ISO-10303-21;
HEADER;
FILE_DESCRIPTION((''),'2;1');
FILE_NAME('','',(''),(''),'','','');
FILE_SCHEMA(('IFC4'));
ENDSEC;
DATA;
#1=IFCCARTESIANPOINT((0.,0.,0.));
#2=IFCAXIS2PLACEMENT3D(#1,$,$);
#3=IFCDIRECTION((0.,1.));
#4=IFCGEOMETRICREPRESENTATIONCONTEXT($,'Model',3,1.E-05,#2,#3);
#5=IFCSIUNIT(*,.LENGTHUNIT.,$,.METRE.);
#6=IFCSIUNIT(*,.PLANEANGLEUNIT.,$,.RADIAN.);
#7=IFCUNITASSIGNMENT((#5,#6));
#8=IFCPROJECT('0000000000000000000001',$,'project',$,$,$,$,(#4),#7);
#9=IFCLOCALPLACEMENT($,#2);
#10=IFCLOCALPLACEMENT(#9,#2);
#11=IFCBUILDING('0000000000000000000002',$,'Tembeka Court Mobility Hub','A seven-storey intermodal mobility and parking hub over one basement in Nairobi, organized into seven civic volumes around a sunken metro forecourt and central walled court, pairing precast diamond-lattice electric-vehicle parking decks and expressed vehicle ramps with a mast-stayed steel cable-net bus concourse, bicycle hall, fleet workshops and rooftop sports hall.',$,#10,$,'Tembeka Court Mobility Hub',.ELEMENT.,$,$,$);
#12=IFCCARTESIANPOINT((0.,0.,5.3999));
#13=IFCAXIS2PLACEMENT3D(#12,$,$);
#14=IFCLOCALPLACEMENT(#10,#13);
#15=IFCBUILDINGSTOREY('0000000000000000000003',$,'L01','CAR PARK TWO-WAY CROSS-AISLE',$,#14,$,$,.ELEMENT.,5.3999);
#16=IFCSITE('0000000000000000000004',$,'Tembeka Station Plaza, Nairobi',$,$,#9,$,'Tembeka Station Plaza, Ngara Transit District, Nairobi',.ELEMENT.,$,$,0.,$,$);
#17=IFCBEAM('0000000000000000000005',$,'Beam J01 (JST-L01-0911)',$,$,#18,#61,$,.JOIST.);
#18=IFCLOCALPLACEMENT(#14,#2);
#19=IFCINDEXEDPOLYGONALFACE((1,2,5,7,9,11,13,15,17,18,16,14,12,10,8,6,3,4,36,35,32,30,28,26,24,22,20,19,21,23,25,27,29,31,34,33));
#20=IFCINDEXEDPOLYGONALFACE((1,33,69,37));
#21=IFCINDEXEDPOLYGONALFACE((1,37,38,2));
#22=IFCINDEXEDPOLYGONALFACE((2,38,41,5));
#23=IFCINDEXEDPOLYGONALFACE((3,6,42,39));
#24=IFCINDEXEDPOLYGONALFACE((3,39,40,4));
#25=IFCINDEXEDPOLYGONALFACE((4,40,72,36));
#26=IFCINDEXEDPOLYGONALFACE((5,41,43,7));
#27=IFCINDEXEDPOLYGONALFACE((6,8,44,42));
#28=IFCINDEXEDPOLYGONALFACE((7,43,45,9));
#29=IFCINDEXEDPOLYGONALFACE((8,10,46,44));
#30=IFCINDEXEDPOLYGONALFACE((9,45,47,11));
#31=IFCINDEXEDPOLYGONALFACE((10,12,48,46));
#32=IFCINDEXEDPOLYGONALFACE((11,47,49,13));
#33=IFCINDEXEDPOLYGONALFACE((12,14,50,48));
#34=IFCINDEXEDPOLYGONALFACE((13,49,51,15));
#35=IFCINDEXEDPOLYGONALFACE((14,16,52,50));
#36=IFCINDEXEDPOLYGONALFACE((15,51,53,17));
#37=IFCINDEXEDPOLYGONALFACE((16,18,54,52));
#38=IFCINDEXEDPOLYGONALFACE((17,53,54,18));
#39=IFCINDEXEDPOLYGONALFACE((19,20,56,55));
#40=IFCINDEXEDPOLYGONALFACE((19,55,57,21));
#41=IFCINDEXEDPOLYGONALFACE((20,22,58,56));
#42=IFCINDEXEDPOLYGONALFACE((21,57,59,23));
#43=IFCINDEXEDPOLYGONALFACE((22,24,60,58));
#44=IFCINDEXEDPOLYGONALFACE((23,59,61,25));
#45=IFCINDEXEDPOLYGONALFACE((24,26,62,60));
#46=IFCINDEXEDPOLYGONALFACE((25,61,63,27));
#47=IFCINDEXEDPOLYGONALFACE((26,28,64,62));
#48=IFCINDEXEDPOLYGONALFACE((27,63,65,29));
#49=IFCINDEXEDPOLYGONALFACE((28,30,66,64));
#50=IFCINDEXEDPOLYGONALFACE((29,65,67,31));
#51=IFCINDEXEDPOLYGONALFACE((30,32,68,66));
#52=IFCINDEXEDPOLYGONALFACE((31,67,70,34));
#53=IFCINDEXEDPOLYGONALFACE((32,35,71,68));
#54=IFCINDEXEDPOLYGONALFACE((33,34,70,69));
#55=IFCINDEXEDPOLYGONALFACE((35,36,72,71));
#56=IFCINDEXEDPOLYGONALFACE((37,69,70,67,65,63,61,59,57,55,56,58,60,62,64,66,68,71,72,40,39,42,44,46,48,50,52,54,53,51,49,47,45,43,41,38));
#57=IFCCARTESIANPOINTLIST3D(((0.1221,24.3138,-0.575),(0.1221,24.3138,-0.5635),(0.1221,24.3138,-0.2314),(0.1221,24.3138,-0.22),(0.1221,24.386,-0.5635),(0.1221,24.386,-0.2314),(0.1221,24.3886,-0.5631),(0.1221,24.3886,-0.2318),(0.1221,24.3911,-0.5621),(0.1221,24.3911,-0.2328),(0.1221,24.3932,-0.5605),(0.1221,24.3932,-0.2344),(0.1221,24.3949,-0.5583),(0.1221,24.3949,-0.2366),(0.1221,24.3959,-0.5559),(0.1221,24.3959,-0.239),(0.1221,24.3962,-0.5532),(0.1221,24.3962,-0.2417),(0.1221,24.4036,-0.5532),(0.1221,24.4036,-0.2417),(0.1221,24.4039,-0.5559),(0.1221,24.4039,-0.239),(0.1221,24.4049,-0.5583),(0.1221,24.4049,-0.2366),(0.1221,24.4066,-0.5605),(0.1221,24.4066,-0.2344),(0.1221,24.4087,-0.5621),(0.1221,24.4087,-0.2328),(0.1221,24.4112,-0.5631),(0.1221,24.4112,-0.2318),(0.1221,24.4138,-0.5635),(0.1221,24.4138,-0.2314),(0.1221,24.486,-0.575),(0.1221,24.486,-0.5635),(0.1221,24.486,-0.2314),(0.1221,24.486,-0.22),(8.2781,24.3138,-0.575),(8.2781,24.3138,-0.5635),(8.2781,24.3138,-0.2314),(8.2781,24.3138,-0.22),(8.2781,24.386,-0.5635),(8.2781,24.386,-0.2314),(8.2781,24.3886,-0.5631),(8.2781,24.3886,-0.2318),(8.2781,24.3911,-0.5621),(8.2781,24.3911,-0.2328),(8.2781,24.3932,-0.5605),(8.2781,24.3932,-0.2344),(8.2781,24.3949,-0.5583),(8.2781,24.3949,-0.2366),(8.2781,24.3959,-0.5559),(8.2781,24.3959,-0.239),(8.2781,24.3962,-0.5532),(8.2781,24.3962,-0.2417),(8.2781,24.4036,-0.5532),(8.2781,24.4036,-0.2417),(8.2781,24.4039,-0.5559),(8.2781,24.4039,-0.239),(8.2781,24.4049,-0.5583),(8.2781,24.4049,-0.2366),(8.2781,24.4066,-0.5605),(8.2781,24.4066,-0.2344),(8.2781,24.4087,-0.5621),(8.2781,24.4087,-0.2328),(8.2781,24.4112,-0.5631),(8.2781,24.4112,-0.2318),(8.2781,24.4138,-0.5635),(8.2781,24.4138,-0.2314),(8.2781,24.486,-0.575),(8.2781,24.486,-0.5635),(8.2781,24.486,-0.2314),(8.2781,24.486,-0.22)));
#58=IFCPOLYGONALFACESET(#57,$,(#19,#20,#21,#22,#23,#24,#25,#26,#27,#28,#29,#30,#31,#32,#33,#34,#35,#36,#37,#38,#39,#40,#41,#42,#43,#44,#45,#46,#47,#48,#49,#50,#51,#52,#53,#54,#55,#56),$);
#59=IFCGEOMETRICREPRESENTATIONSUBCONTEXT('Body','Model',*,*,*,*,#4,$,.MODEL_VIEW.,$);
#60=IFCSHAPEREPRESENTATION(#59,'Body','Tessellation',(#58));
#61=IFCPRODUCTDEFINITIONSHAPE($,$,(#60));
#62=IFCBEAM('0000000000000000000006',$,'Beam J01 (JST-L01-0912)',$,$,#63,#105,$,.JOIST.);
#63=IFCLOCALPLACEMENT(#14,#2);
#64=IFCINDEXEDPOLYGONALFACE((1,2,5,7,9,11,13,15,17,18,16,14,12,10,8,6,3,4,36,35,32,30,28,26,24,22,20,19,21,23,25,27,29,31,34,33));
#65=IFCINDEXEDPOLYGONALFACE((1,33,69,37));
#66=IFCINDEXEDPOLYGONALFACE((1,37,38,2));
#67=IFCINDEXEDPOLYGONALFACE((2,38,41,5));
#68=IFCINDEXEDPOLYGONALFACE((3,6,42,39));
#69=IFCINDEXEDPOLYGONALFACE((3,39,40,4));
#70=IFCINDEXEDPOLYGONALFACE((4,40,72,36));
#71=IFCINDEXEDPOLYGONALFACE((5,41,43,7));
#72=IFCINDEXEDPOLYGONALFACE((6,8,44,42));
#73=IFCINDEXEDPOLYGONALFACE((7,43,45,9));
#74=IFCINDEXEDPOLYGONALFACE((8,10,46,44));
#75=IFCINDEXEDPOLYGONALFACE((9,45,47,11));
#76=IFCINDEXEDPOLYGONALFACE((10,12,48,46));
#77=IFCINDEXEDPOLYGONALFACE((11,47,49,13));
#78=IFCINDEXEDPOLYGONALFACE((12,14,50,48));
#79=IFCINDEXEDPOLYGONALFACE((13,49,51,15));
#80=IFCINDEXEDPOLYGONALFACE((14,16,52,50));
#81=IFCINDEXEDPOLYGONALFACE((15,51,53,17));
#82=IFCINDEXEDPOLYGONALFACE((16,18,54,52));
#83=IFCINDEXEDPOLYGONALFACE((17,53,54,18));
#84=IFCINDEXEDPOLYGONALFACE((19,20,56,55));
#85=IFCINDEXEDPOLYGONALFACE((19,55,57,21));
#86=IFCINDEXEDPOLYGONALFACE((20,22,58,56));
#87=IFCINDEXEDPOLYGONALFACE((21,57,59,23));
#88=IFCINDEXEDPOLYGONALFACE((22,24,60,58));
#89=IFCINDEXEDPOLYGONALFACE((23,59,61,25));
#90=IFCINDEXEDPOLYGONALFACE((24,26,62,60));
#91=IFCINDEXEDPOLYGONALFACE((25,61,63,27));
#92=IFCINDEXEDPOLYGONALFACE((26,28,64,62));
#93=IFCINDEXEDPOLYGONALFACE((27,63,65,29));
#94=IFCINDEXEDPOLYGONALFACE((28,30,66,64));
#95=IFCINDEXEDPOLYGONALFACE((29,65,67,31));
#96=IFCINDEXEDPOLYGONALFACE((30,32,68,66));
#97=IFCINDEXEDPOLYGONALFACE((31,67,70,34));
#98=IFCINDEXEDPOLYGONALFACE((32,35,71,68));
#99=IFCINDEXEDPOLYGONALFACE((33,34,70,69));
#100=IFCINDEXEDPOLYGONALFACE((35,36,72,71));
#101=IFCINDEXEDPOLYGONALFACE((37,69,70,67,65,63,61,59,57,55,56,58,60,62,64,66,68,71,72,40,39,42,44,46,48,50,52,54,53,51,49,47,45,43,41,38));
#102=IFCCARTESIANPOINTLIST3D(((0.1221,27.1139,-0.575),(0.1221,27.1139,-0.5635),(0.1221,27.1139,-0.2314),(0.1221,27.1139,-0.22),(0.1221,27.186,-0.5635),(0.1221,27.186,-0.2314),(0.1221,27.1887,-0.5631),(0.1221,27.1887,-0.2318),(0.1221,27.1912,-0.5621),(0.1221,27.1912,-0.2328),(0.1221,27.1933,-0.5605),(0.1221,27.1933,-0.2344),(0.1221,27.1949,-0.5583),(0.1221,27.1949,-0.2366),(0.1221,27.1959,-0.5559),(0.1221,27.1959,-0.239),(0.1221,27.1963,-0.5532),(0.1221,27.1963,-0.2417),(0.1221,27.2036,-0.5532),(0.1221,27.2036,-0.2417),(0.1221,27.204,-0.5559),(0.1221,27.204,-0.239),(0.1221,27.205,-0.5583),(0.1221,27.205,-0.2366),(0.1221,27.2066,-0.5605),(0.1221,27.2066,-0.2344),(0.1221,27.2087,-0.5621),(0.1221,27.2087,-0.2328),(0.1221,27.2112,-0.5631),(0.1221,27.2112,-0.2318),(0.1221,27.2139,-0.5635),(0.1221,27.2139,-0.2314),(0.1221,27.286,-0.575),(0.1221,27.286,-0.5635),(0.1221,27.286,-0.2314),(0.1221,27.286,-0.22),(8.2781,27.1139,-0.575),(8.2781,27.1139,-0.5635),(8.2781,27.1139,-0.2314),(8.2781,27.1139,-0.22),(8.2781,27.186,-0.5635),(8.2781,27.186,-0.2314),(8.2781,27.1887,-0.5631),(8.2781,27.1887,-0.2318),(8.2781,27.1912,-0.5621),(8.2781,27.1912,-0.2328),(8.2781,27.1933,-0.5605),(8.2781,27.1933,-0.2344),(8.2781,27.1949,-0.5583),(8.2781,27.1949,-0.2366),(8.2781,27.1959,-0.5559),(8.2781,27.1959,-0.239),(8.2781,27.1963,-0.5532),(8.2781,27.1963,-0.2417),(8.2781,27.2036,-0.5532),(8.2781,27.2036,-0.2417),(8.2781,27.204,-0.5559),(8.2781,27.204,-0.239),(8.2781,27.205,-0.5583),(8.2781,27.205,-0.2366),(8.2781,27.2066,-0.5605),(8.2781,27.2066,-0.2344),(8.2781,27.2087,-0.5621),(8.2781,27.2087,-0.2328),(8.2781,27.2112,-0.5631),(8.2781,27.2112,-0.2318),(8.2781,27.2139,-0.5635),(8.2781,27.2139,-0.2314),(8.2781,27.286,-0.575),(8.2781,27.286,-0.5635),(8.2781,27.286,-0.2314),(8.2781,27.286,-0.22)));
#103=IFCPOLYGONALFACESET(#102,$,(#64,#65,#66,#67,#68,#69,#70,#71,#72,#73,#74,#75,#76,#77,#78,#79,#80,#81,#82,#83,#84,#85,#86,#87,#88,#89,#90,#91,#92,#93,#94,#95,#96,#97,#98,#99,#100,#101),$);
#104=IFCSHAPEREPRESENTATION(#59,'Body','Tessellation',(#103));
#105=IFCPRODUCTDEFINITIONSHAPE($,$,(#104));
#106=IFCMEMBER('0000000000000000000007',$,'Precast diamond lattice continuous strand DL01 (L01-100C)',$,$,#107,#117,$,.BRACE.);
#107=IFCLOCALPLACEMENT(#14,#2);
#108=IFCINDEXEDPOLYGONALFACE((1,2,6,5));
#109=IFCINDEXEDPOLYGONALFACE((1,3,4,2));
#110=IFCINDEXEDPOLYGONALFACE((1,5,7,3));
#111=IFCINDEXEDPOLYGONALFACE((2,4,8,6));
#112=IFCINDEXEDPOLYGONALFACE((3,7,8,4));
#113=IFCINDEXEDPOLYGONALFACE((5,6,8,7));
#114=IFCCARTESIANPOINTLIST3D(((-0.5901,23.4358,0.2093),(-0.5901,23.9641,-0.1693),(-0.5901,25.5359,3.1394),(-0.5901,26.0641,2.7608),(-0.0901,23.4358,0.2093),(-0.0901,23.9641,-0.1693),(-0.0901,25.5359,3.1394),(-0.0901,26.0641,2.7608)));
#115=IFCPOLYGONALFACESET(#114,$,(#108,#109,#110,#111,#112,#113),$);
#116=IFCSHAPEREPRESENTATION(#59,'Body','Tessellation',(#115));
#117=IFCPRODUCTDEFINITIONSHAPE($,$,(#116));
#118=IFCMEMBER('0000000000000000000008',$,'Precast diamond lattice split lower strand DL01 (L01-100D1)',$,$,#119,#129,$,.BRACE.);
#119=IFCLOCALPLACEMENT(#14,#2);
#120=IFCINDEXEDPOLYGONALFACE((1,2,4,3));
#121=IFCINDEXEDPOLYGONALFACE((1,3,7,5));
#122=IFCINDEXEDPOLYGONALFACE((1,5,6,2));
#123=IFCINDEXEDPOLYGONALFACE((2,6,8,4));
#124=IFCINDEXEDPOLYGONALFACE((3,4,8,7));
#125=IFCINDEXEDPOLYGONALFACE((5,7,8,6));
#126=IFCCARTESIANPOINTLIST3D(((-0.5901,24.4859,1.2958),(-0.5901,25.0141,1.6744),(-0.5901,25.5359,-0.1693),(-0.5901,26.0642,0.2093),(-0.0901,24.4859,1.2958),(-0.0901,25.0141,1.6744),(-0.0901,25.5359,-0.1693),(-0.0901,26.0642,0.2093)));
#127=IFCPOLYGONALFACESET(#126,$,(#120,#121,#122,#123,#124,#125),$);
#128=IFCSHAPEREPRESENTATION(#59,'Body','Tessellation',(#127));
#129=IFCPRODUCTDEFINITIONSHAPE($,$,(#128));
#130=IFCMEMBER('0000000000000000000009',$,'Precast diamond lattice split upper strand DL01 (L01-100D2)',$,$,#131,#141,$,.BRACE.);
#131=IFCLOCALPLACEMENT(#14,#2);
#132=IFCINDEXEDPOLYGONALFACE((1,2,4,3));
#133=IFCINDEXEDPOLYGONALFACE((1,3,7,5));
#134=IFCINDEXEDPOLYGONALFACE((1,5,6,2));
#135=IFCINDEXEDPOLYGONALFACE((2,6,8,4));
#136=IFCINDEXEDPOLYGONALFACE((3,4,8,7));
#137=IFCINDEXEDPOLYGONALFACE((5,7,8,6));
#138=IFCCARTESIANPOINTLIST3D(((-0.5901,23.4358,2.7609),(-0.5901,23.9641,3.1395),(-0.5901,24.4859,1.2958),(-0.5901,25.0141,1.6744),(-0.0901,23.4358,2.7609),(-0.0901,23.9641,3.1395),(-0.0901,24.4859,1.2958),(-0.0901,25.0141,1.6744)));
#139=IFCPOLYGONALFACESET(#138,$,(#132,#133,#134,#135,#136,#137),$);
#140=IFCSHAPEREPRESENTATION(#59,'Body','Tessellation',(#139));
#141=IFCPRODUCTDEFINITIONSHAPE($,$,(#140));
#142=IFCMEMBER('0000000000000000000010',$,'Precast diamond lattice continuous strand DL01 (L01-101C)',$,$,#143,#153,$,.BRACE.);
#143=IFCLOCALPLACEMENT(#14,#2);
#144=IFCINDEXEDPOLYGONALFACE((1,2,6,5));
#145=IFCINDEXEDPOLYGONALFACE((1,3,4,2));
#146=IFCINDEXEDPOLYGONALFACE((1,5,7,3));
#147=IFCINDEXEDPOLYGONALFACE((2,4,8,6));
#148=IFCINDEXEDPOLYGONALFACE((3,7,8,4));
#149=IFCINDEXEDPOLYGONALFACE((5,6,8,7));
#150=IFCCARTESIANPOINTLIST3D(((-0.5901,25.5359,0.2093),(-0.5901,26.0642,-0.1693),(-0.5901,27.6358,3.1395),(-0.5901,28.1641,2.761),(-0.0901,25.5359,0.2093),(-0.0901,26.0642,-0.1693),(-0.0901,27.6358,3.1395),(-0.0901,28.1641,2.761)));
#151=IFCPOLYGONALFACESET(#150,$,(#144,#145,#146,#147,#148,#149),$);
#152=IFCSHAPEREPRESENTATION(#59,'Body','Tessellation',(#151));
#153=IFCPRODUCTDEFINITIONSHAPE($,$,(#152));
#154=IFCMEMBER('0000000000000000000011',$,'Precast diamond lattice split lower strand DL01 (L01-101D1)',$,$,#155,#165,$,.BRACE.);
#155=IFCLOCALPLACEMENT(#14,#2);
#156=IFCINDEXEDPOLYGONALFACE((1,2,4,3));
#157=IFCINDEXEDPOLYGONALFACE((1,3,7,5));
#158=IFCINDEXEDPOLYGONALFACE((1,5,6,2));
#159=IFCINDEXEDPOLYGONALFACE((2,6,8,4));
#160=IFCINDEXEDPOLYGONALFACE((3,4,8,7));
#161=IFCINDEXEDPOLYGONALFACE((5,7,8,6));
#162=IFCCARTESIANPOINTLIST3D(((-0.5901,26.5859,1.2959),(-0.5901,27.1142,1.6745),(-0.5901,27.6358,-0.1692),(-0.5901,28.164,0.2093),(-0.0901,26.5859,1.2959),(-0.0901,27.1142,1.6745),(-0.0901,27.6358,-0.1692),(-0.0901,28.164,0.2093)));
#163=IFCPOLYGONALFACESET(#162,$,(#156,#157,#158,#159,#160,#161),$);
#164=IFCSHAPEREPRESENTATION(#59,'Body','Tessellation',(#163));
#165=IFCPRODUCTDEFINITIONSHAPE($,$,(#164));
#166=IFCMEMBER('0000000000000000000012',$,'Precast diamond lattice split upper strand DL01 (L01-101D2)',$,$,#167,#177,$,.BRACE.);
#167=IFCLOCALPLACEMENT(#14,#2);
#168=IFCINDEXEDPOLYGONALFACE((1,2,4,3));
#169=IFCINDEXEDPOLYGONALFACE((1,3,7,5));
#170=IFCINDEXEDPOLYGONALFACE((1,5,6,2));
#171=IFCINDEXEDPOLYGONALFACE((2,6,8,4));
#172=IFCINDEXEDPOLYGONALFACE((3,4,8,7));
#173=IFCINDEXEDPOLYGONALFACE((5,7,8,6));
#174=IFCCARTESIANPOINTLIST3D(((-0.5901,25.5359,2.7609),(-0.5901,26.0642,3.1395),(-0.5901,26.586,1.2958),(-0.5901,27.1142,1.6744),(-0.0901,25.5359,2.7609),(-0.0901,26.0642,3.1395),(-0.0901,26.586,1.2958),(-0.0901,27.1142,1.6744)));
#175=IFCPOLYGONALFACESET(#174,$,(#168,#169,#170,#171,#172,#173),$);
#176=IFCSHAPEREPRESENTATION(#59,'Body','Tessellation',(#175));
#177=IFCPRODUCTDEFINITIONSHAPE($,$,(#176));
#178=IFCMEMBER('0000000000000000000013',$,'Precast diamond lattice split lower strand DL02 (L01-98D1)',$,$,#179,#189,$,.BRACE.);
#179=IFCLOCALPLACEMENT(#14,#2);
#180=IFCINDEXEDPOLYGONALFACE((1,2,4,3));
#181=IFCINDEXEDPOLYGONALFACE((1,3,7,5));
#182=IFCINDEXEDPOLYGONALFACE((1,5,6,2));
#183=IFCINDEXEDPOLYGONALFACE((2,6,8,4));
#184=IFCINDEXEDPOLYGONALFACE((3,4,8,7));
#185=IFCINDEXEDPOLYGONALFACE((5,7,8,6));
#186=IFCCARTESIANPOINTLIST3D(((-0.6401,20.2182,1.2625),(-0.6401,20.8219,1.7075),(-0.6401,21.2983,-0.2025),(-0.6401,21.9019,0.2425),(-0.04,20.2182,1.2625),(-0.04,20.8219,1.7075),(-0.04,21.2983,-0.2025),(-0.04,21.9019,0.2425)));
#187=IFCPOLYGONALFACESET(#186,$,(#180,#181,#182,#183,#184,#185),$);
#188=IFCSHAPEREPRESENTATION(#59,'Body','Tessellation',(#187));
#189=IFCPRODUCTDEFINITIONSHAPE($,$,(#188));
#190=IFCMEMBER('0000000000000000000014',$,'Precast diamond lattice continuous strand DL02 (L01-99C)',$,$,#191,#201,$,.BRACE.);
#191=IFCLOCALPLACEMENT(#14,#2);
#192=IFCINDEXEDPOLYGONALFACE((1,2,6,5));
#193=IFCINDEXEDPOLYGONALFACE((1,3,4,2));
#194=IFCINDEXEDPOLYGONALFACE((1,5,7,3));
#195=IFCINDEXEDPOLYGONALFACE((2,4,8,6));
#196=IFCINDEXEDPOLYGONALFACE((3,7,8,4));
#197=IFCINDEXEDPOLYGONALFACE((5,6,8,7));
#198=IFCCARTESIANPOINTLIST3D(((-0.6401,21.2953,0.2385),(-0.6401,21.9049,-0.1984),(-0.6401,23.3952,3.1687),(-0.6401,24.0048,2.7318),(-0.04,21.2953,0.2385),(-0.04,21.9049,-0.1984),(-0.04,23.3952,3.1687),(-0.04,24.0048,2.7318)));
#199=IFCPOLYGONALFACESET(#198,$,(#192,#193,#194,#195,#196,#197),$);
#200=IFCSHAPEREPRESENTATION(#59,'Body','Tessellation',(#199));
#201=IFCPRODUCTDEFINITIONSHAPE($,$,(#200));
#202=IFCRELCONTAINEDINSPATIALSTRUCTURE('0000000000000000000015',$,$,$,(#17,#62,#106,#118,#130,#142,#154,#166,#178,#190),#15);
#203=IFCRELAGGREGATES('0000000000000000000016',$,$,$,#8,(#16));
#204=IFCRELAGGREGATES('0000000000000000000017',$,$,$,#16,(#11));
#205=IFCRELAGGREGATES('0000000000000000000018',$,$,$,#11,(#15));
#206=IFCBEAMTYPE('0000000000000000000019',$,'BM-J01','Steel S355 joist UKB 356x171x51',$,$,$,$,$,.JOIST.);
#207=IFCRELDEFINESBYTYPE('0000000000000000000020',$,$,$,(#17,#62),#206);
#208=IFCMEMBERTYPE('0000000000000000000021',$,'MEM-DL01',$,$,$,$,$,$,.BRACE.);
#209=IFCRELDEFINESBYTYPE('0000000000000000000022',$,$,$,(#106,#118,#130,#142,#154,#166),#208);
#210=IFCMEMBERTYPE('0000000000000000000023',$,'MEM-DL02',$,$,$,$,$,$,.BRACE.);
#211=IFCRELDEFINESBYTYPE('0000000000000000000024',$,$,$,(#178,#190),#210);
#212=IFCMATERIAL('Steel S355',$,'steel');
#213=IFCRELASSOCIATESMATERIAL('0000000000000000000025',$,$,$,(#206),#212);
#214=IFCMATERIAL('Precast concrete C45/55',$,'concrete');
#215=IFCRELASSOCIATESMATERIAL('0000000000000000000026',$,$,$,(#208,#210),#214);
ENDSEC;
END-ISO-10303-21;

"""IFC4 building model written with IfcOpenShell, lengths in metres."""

from ifc_helpers import new_model, si_unit, direction, frame, origin, origin_2d, place, context, subcontext, project, spatial, rectangle, i_section, extrude, material, material_profile, profile_set, type_object, element, save


model = new_model("IFC4")

# Units and contexts
model_context = context("Model", 3, precision=1e-05, world=origin(), true_north=direction((0.0, 1.0)))
body_context = subcontext(model_context, "Body", "Model", "MODEL_VIEW")
ifc_project = project(units=[si_unit("LENGTHUNIT", "METRE"), si_unit("PLANEANGLEUNIT", "RADIAN")], contexts=[model_context])

# Site, building, storey
site_placement = place(None, origin())
site = spatial("IfcSite", under=ifc_project, at=site_placement, Name="Tembeka Station Plaza, Nairobi", LongName="Tembeka Station Plaza, Ngara Transit District, Nairobi", CompositionType="ELEMENT", RefElevation=0.0)
building_placement = place(site_placement, origin())
building = spatial("IfcBuilding", under=site, at=building_placement, Name="Tembeka Court Mobility Hub", Description="A seven-storey intermodal mobility and parking hub over one basement in Nairobi, organized into seven civic volumes around a sunken metro forecourt and central walled court, pairing precast diamond-lattice electric-vehicle parking decks and expressed vehicle ramps with a mast-stayed steel cable-net bus concourse, bicycle hall, fleet workshops and rooftop sports hall.", LongName="Tembeka Court Mobility Hub", CompositionType="ELEMENT")
storey_placement = place(building_placement, frame((0.0, 0.0, 5.3999)))
storey = spatial("IfcBuildingStorey", under=building, at=storey_placement, Name="L01", Description="CAR PARK TWO-WAY CROSS-AISLE", CompositionType="ELEMENT", Elevation=5.3999)

# Shared definitions
ifc_material_1 = material(Name="Steel S355", Category="steel")

# Beams
ifc_material_profile_1 = material_profile(ifc_material_1, i_section(OverallWidth=0.1721, OverallDepth=0.355, WebThickness=0.0073, FlangeThickness=0.0115, FilletRadius=0.0103, at=origin_2d()), Name="UKB 356x171x51")
ifc_profile_set_1 = profile_set([ifc_material_profile_1], Name="Steel S355")
beam_type_1 = type_object("IfcBeamType", Name="BM-J01", Description="Steel S355 joist UKB 356x171x51", PredefinedType="JOIST", material=ifc_profile_set_1)
for number, where, z_axis, x_axis, name in (
    (1, (0.1221, 24.3999, -0.3975), (1.0, 0.0, 0.0), (0.0, 1.0, 0.0), "Beam J01 (JST-L01-0911)"),
    (2, (0.1221, 27.2, -0.3975), (1.0, 0.0, 0.0), (0.0, 1.0, 0.0), "Beam J01 (JST-L01-0912)"),
):
    element("IfcBeam", number, at=place(storey_placement, frame(where, z_axis=z_axis, x_axis=x_axis)), inside=storey, type_object=beam_type_1, Name=name, PredefinedType="JOIST", context=body_context, shape_type="SweptSolid", body=[
        extrude(i_section(OverallWidth=0.1721, OverallDepth=0.355, WebThickness=0.0073, FlangeThickness=0.0115, FilletRadius=0.0103, at=origin_2d()), origin(), (0.0, 0.0, 1.0), 8.156),
    ])

# Members
ifc_material_2 = material(Name="Precast concrete C45/55", Category="concrete")
ifc_material_profile_2 = material_profile(ifc_material_2, rectangle(XDim=0.5, YDim=0.6499, at=origin_2d()), Name="PC-DIAG 500x650")
ifc_profile_set_2 = profile_set([ifc_material_profile_2], Name="Precast concrete C45/55")
member_type_1 = type_object("IfcMemberType", Name="MEM-DL01", PredefinedType="BRACE", material=ifc_profile_set_2)
member_1_placement = place(storey_placement, frame((-0.3401, 23.7, 0.02), z_axis=(0.0, 0.582544, 0.812799), x_axis=(-1.0, 0.0, 0.0)))
element("IfcMember", 3, at=member_1_placement, inside=storey, type_object=member_type_1, Name="Precast diamond lattice continuous strand DL01 (L01-100C)", PredefinedType="BRACE", context=body_context, shape_type="SweptSolid", body=[
    extrude(rectangle(XDim=0.5, YDim=0.6499, at=origin_2d()), origin(), (0.0, 0.0, 1.0), 3.605),
])
for number, where, z_axis, x_axis, name in (
    (4, (-0.3401, 25.8, 0.02), (0.0, -0.582544, 0.812799), (1.0, 0.0, 0.0), "Precast diamond lattice split lower strand DL01 (L01-100D1)"),
    (5, (-0.3401, 24.75, 1.4851), (0.0, -0.582544, 0.812799), (1.0, 0.0, 0.0), "Precast diamond lattice split upper strand DL01 (L01-100D2)"),
):
    element("IfcMember", number, at=place(storey_placement, frame(where, z_axis=z_axis, x_axis=x_axis)), inside=storey, type_object=member_type_1, Name=name, PredefinedType="BRACE", context=body_context, shape_type="SweptSolid", body=[
        extrude(rectangle(XDim=0.5, YDim=0.6499, at=origin_2d()), origin(), (0.0, 0.0, 1.0), 1.8025),
    ])
member_2_placement = place(storey_placement, frame((-0.3401, 25.8, 0.02), z_axis=(0.0, 0.5825, 0.812831), x_axis=(-1.0, 0.0, 0.0)))
element("IfcMember", 6, at=member_2_placement, inside=storey, type_object=member_type_1, Name="Precast diamond lattice continuous strand DL01 (L01-101C)", PredefinedType="BRACE", context=body_context, shape_type="SweptSolid", body=[
    extrude(rectangle(XDim=0.5, YDim=0.6499, at=origin_2d()), origin(), (0.0, 0.0, 1.0), 3.605),
])
for number, where, z_axis, x_axis, name in (
    (7, (-0.3401, 27.8999, 0.02), (0.0, -0.582455, 0.812863), (1.0, 0.0, 0.0), "Precast diamond lattice split lower strand DL01 (L01-101D1)"),
    (8, (-0.3401, 26.8501, 1.4851), (0.0, -0.582544, 0.812799), (1.0, 0.0, 0.0), "Precast diamond lattice split upper strand DL01 (L01-101D2)"),
):
    element("IfcMember", number, at=place(storey_placement, frame(where, z_axis=z_axis, x_axis=x_axis)), inside=storey, type_object=member_type_1, Name=name, PredefinedType="BRACE", context=body_context, shape_type="SweptSolid", body=[
        extrude(rectangle(XDim=0.5, YDim=0.6499, at=origin_2d()), origin(), (0.0, 0.0, 1.0), 1.8025),
    ])
ifc_material_profile_3 = material_profile(ifc_material_2, rectangle(XDim=0.6001, YDim=0.75, at=origin_2d()), Name="PC-DIAG 600x750")
ifc_profile_set_3 = profile_set([ifc_material_profile_3], Name="Precast concrete C45/55")
member_type_2 = type_object("IfcMemberType", Name="MEM-DL02", PredefinedType="BRACE", material=ifc_profile_set_3)
member_3_placement = place(storey_placement, frame((-0.3401, 21.6001, 0.02), z_axis=(0.0, -0.593391, 0.804914), x_axis=(1.0, 0.0, 0.0)))
element("IfcMember", 9, at=member_3_placement, inside=storey, type_object=member_type_2, Name="Precast diamond lattice split lower strand DL02 (L01-98D1)", PredefinedType="BRACE", context=body_context, shape_type="SweptSolid", body=[
    extrude(rectangle(XDim=0.6001, YDim=0.75, at=origin_2d()), origin(), (0.0, 0.0, 1.0), 1.8201),
])
member_4_placement = place(storey_placement, frame((-0.3401, 21.6001, 0.02), z_axis=(0.0, 0.5825, 0.812831), x_axis=(-1.0, 0.0, 0.0)))
element("IfcMember", 10, at=member_4_placement, inside=storey, type_object=member_type_2, Name="Precast diamond lattice continuous strand DL02 (L01-99C)", PredefinedType="BRACE", context=body_context, shape_type="SweptSolid", body=[
    extrude(rectangle(XDim=0.6001, YDim=0.75, at=origin_2d()), origin(), (0.0, 0.0, 1.0), 3.605),
])

save(model, "model.ifc")
